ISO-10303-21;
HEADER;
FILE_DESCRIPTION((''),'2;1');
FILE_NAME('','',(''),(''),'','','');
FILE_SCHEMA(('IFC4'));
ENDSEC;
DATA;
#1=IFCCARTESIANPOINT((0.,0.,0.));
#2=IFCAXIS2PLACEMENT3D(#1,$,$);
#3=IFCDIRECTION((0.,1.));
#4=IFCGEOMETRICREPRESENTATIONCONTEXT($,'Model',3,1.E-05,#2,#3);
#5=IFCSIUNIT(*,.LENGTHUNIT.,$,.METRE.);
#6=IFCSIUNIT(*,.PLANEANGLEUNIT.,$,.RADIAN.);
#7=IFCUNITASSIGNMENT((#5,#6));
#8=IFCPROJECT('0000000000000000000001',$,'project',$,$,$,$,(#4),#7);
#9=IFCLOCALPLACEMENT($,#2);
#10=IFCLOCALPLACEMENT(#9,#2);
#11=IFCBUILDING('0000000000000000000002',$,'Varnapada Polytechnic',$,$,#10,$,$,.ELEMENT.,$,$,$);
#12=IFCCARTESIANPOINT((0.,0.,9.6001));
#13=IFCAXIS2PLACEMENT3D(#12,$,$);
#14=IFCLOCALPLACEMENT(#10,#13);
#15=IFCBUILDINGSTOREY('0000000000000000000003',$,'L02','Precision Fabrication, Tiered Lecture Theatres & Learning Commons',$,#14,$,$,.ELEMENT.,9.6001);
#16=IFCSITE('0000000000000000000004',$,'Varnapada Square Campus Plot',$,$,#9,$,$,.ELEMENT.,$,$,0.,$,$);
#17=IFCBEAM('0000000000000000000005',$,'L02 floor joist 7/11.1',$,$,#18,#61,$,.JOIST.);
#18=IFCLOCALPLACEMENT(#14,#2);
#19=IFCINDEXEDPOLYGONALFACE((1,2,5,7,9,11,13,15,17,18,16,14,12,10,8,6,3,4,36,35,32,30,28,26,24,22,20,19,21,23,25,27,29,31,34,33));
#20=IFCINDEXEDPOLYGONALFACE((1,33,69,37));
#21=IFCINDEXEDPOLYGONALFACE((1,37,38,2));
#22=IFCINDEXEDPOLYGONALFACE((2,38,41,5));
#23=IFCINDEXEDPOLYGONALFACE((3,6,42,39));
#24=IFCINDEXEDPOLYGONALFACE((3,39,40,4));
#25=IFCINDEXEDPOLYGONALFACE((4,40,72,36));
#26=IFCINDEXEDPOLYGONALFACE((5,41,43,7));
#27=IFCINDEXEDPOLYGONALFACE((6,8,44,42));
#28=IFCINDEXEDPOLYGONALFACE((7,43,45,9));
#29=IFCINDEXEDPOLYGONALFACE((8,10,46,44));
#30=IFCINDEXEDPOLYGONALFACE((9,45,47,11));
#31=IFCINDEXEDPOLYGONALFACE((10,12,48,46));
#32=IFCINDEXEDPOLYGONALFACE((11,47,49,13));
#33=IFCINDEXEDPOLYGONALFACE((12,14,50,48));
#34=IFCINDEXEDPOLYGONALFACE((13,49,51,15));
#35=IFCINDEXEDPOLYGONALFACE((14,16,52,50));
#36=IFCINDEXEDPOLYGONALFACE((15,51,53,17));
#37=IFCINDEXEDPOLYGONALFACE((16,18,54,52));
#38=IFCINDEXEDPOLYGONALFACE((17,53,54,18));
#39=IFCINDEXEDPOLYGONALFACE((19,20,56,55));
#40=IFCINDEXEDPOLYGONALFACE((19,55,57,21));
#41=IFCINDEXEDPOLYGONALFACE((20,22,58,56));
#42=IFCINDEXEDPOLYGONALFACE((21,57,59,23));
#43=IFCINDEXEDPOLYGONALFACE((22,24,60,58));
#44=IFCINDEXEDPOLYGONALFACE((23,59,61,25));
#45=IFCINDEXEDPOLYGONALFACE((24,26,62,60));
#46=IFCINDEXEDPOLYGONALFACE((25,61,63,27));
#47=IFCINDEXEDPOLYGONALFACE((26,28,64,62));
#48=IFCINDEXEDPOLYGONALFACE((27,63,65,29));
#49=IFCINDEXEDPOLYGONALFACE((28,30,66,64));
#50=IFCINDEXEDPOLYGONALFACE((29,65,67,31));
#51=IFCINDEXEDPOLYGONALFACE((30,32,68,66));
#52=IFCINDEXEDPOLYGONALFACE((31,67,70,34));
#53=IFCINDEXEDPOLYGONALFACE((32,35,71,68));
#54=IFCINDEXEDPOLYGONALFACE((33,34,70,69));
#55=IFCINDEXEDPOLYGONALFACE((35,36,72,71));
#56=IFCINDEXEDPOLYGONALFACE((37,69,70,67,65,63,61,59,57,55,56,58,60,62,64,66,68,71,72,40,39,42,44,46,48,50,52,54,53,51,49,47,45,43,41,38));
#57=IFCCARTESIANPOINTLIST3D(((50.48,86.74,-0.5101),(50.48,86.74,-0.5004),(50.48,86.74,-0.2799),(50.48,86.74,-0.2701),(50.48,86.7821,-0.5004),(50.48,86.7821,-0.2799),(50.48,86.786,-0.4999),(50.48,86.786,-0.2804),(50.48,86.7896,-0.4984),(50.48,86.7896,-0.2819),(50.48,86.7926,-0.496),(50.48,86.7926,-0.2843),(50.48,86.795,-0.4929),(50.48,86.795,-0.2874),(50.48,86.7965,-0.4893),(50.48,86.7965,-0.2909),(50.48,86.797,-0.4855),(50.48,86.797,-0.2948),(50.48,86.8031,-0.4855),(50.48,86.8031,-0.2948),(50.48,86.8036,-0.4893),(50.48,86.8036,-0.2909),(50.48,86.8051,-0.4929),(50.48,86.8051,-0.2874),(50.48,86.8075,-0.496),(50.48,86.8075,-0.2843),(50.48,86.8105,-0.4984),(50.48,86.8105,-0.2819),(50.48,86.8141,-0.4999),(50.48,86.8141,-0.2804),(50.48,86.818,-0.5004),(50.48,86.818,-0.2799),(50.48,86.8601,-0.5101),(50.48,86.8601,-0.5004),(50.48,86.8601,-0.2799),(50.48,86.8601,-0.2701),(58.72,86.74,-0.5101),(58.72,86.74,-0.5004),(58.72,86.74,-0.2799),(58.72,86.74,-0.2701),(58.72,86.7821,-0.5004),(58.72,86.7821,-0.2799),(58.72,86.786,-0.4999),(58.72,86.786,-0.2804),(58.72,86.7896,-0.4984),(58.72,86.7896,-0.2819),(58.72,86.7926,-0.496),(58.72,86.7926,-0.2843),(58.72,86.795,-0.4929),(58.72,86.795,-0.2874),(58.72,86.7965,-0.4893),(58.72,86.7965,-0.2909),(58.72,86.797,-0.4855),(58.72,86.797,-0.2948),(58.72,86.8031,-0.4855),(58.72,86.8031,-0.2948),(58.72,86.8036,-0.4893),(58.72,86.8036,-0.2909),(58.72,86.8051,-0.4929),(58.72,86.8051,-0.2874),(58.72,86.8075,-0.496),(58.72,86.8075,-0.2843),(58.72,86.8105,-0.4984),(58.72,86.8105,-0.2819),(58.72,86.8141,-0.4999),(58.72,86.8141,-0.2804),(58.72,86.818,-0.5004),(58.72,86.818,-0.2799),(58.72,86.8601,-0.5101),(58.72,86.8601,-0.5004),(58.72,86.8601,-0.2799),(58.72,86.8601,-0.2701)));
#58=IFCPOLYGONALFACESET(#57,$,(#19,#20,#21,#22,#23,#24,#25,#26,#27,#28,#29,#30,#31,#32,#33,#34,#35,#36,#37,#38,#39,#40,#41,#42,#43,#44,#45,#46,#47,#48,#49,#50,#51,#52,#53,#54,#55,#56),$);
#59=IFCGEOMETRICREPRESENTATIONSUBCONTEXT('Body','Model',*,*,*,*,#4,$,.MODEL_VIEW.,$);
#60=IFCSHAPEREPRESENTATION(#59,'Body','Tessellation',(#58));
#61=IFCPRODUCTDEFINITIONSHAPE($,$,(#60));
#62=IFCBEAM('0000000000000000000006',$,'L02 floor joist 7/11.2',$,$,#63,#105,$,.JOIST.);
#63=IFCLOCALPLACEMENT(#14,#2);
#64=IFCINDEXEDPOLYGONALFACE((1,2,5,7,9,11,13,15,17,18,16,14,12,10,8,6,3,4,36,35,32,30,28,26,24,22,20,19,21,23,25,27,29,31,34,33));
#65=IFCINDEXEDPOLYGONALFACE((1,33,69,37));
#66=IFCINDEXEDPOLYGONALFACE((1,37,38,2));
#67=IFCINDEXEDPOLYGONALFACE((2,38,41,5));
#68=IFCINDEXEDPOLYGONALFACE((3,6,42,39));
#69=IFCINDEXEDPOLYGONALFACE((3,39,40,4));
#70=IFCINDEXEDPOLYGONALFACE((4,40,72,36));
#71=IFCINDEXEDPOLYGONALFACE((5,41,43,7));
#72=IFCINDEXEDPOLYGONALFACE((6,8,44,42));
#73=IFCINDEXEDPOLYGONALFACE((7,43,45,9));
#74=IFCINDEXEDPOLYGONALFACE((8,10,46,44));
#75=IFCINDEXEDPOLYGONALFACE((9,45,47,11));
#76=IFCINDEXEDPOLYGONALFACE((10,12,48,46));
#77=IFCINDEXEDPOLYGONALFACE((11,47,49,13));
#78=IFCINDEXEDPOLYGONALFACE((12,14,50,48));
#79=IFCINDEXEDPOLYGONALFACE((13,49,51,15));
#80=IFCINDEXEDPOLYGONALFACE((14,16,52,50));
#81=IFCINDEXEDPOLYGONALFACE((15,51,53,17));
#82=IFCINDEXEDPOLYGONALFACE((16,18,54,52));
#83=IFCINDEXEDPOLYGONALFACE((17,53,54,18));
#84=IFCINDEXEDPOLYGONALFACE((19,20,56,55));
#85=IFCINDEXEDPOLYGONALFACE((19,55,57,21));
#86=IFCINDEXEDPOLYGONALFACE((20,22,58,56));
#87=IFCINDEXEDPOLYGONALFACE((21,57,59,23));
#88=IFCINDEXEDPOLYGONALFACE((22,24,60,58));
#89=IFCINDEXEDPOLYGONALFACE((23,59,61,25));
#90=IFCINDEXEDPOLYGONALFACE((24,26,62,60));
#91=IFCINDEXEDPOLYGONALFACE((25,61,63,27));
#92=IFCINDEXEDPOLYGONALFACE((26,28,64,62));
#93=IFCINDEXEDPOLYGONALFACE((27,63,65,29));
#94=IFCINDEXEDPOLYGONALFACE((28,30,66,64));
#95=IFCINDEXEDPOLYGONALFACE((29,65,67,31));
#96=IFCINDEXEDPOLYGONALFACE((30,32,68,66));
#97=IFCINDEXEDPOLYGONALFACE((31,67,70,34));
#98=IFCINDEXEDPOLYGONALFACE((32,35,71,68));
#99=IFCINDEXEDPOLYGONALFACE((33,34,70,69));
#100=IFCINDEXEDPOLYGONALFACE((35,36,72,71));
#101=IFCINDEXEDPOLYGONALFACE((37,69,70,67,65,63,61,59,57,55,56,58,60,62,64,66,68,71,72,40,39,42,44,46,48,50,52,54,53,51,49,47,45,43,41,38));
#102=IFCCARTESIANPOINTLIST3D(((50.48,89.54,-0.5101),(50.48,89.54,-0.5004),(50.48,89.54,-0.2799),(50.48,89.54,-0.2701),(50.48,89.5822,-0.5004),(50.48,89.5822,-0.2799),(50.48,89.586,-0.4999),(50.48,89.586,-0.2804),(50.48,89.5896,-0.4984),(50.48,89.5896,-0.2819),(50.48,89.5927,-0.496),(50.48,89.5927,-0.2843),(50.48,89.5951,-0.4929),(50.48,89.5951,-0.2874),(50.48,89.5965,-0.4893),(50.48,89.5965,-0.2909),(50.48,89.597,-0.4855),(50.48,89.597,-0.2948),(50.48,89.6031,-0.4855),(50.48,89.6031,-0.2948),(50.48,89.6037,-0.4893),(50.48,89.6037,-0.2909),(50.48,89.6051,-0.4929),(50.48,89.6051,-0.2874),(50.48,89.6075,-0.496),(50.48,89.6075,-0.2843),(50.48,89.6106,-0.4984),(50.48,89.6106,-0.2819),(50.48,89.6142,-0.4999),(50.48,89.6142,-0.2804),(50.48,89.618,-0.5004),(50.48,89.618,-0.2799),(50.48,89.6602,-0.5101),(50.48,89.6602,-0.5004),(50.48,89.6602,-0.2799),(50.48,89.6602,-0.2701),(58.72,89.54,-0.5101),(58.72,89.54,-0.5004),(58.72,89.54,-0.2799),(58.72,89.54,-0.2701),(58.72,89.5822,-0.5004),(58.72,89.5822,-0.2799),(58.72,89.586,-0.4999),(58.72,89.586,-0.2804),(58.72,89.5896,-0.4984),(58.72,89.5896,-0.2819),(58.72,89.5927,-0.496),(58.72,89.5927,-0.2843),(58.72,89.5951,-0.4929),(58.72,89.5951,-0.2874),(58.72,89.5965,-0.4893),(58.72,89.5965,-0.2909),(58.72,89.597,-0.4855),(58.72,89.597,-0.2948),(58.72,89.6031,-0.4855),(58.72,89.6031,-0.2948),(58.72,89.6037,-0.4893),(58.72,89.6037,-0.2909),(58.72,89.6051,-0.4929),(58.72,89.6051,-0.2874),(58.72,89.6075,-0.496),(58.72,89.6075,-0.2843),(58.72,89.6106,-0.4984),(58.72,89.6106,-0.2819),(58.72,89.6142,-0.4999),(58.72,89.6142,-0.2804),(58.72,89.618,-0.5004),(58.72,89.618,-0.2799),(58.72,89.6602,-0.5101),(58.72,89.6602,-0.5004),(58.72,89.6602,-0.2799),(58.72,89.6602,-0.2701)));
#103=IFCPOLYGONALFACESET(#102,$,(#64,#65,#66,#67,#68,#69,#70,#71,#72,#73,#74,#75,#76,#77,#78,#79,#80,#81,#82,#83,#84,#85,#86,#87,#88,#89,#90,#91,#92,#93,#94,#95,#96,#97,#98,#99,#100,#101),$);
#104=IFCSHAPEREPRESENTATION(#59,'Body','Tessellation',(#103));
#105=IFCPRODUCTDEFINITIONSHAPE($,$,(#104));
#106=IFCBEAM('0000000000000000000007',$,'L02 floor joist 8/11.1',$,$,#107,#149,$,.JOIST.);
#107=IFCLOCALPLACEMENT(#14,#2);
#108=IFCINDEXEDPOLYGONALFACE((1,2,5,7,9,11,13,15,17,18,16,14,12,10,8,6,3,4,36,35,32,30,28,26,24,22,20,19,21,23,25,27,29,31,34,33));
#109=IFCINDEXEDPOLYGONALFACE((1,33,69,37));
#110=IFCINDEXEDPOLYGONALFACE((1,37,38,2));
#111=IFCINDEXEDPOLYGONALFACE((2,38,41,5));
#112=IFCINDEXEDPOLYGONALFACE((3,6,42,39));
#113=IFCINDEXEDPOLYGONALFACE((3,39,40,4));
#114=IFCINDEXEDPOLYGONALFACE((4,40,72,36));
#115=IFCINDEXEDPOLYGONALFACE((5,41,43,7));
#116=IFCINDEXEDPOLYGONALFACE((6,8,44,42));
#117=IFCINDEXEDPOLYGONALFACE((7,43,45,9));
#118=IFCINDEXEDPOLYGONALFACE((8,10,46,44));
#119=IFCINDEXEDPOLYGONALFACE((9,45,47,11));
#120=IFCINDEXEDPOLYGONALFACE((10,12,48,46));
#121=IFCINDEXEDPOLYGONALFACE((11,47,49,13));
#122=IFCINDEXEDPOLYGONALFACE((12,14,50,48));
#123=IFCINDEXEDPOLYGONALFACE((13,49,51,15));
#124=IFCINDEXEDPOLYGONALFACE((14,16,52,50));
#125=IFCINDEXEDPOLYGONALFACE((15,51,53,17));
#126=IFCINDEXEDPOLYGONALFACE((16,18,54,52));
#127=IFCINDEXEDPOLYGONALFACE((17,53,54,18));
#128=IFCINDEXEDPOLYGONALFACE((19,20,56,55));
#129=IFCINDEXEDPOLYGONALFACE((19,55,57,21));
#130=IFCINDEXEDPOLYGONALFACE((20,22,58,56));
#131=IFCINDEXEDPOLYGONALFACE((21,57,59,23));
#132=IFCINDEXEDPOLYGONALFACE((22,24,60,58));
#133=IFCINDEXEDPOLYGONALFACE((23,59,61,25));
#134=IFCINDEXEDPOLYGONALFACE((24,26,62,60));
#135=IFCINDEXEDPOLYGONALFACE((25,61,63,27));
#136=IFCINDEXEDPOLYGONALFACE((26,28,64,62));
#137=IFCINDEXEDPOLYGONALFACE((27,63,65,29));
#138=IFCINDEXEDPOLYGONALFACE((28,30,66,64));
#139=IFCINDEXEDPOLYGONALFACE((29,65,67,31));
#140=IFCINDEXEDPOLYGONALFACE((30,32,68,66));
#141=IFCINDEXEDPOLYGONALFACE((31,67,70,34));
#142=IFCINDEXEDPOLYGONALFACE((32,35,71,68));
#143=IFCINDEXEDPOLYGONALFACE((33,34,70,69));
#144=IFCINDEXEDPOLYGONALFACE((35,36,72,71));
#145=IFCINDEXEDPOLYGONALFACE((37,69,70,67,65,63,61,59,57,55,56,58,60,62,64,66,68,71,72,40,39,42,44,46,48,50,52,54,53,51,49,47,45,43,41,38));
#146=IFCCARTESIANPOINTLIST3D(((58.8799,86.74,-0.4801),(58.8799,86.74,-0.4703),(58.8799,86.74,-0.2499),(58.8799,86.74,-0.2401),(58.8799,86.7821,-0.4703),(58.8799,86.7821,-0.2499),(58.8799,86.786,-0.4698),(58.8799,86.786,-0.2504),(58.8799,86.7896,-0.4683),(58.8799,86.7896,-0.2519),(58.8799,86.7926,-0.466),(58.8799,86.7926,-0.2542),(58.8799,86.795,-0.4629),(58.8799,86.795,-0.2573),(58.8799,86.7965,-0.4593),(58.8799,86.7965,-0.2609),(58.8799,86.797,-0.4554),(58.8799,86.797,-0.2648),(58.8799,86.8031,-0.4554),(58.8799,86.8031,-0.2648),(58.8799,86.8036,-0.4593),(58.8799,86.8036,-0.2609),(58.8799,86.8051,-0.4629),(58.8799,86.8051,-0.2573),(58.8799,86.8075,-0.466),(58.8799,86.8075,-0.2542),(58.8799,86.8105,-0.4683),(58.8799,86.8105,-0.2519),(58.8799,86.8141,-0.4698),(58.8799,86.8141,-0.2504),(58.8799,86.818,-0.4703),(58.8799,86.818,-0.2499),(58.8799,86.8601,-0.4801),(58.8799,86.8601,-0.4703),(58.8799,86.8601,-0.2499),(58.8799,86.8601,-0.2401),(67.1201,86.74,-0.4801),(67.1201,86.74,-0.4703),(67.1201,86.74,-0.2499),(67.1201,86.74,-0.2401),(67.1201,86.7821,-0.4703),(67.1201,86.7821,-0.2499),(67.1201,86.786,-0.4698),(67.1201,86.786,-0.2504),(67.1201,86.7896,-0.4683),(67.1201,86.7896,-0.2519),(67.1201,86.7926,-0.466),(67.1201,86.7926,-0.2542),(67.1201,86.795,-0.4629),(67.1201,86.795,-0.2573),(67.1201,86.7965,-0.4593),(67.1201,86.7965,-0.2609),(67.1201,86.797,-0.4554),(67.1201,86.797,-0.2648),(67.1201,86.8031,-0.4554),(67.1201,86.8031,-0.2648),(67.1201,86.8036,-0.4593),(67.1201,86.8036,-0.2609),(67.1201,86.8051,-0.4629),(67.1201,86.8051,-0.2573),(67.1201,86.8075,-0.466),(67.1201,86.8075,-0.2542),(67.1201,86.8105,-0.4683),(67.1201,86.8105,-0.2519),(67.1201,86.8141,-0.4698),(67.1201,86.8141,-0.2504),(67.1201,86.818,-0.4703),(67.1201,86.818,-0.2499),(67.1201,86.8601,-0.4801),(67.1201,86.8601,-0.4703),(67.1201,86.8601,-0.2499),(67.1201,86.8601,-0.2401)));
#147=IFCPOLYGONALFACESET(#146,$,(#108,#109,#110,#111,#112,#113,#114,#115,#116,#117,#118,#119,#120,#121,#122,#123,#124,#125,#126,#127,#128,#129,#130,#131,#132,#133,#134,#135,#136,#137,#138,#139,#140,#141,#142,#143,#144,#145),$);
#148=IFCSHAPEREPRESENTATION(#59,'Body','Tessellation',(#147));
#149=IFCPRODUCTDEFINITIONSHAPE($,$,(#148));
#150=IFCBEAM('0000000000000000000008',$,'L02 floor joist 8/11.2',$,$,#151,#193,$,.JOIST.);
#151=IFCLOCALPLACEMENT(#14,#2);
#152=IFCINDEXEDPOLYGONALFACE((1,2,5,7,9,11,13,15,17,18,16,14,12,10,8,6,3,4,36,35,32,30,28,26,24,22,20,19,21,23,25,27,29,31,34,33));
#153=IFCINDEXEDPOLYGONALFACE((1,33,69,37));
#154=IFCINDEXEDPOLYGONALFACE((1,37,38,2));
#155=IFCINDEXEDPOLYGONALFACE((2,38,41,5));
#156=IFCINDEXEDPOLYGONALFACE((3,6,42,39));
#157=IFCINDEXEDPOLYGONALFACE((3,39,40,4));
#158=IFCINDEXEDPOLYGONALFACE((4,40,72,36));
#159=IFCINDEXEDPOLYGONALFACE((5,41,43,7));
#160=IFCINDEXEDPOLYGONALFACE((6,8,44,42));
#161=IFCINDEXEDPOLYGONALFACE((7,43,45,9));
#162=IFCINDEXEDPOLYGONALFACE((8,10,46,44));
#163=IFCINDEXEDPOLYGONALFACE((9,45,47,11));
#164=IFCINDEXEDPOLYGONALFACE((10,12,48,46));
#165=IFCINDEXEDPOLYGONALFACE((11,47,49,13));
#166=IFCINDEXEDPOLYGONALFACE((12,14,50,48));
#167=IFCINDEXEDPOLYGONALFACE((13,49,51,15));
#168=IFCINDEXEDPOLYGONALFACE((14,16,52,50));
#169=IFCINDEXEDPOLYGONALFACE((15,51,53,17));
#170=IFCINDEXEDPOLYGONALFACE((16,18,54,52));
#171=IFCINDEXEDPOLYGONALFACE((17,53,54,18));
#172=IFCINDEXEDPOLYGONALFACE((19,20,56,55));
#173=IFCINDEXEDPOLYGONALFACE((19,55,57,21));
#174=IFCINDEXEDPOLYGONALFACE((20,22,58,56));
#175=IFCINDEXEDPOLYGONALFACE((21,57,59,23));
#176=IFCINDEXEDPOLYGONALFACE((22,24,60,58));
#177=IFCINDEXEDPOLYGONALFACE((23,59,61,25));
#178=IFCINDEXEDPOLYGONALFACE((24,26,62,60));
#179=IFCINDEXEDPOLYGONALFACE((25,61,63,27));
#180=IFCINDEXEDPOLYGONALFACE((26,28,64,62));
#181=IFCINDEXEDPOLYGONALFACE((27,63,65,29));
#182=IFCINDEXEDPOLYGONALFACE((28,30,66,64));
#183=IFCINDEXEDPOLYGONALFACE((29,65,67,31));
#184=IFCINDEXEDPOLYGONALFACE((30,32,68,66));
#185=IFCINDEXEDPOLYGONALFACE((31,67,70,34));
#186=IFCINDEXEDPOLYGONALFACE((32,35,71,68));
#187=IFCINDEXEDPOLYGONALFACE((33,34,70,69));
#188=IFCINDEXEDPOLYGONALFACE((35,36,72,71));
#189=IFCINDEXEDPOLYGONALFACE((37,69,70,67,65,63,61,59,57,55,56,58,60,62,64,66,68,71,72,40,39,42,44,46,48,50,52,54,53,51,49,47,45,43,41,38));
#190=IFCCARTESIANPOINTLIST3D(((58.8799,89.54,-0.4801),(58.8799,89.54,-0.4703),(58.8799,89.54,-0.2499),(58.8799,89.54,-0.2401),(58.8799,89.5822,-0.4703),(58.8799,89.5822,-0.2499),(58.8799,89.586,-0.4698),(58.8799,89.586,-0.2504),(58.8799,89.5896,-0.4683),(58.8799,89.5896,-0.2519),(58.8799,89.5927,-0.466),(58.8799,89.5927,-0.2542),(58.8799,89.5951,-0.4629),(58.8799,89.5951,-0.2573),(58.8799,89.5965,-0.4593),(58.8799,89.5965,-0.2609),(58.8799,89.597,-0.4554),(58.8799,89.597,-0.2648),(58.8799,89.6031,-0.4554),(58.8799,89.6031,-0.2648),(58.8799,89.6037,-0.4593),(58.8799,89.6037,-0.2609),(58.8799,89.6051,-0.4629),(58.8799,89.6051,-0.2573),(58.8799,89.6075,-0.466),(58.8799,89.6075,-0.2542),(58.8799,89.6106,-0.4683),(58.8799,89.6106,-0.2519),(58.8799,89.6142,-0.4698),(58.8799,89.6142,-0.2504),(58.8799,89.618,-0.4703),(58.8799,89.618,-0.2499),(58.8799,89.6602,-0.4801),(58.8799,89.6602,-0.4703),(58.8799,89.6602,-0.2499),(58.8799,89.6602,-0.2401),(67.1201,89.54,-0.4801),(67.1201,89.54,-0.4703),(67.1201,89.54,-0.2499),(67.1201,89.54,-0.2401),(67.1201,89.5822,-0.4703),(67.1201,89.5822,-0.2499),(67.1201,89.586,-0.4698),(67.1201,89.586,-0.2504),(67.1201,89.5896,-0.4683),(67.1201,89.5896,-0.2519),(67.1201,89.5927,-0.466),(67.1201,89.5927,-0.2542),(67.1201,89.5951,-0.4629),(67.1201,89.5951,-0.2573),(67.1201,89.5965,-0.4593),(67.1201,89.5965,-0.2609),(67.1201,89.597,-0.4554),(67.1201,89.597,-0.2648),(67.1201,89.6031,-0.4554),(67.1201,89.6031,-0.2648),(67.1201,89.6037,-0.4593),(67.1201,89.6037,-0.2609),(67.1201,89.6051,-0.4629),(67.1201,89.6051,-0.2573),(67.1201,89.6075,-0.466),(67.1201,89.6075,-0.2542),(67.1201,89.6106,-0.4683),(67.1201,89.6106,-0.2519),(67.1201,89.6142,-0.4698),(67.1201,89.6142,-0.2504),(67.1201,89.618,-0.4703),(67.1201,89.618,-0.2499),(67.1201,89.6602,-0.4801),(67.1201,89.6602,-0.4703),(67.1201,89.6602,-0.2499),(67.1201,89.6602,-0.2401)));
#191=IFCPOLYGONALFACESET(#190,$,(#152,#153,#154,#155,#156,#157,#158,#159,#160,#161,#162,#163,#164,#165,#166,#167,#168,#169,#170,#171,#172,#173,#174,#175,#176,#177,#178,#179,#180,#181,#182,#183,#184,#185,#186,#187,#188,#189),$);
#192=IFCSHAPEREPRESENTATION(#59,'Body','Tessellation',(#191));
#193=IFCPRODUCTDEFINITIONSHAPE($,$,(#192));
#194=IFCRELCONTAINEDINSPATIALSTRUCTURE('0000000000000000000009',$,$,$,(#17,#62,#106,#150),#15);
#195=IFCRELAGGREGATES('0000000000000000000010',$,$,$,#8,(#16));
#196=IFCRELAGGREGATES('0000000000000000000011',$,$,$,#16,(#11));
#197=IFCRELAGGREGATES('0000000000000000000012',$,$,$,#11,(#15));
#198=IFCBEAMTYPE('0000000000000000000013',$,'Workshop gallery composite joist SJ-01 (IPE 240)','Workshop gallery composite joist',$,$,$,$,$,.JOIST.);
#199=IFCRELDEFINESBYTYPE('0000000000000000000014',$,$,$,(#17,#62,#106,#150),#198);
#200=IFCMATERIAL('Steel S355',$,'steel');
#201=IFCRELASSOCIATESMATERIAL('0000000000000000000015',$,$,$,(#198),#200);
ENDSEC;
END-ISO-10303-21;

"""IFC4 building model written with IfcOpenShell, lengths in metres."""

from ifc_helpers import new_model, si_unit, direction, frame, origin, origin_2d, place, context, subcontext, project, spatial, i_section, extrude, material, material_profile, profile_set, type_object, element, save


model = new_model("IFC4")

# Units and contexts
model_context = context("Model", 3, precision=1e-05, world=origin(), true_north=direction((0.0, 1.0)))
body_context = subcontext(model_context, "Body", "Model", "MODEL_VIEW")
ifc_project = project(units=[si_unit("LENGTHUNIT", "METRE"), si_unit("PLANEANGLEUNIT", "RADIAN")], contexts=[model_context])

# Site, building, storey
site_placement = place(None, origin())
site = spatial("IfcSite", under=ifc_project, at=site_placement, Name="Varnapada Square Campus Plot", CompositionType="ELEMENT", RefElevation=0.0)
building_placement = place(site_placement, origin())
building = spatial("IfcBuilding", under=site, at=building_placement, Name="Varnapada Polytechnic", CompositionType="ELEMENT")
storey_placement = place(building_placement, frame((0.0, 0.0, 9.6001)))
storey = spatial("IfcBuildingStorey", under=building, at=storey_placement, Name="L02", Description="Precision Fabrication, Tiered Lecture Theatres & Learning Commons", CompositionType="ELEMENT", Elevation=9.6001)

# Shared definitions
ifc_material_1 = material(Name="Steel S355", Category="steel")

# Beams
ifc_material_profile_1 = material_profile(ifc_material_1, i_section(OverallWidth=0.1201, OverallDepth=0.24, WebThickness=0.0061, FlangeThickness=0.0098, FilletRadius=0.0149, at=origin_2d()), Name="IPE 240")
ifc_profile_set_1 = profile_set([ifc_material_profile_1], Name="Steel S355")
beam_type_1 = type_object("IfcBeamType", Name="Workshop gallery composite joist SJ-01 (IPE 240)", Description="Workshop gallery composite joist", PredefinedType="JOIST", material=ifc_profile_set_1)
for number, where, z_axis, x_axis, name in (
    (1, (50.48, 86.8, -0.3901), (1.0, 0.0, 0.0), (0.0, 1.0, 0.0), "L02 floor joist 7/11.1"),
    (2, (50.48, 89.6001, -0.3901), (1.0, 0.0, 0.0), (0.0, 1.0, 0.0), "L02 floor joist 7/11.2"),
):
    element("IfcBeam", number, at=place(storey_placement, frame(where, z_axis=z_axis, x_axis=x_axis)), inside=storey, type_object=beam_type_1, Name=name, PredefinedType="JOIST", context=body_context, shape_type="SweptSolid", body=[
        extrude(i_section(OverallWidth=0.1201, OverallDepth=0.24, WebThickness=0.0061, FlangeThickness=0.0098, FilletRadius=0.0149, at=origin_2d()), origin(), (0.0, 0.0, 1.0), 8.24),
    ])
for number, where, z_axis, x_axis, name in (
    (3, (58.8799, 86.8, -0.3601), (1.0, 0.0, 0.0), (0.0, 1.0, 0.0), "L02 floor joist 8/11.1"),
    (4, (58.8799, 89.6001, -0.3601), (1.0, 0.0, 0.0), (0.0, 1.0, 0.0), "L02 floor joist 8/11.2"),
):
    element("IfcBeam", number, at=place(storey_placement, frame(where, z_axis=z_axis, x_axis=x_axis)), inside=storey, type_object=beam_type_1, Name=name, PredefinedType="JOIST", context=body_context, shape_type="SweptSolid", body=[
        extrude(i_section(OverallWidth=0.1201, OverallDepth=0.24, WebThickness=0.0061, FlangeThickness=0.0098, FilletRadius=0.0149, at=origin_2d()), origin(), (0.0, 0.0, 1.0), 8.2402),
    ])

save(model, "model.ifc")
